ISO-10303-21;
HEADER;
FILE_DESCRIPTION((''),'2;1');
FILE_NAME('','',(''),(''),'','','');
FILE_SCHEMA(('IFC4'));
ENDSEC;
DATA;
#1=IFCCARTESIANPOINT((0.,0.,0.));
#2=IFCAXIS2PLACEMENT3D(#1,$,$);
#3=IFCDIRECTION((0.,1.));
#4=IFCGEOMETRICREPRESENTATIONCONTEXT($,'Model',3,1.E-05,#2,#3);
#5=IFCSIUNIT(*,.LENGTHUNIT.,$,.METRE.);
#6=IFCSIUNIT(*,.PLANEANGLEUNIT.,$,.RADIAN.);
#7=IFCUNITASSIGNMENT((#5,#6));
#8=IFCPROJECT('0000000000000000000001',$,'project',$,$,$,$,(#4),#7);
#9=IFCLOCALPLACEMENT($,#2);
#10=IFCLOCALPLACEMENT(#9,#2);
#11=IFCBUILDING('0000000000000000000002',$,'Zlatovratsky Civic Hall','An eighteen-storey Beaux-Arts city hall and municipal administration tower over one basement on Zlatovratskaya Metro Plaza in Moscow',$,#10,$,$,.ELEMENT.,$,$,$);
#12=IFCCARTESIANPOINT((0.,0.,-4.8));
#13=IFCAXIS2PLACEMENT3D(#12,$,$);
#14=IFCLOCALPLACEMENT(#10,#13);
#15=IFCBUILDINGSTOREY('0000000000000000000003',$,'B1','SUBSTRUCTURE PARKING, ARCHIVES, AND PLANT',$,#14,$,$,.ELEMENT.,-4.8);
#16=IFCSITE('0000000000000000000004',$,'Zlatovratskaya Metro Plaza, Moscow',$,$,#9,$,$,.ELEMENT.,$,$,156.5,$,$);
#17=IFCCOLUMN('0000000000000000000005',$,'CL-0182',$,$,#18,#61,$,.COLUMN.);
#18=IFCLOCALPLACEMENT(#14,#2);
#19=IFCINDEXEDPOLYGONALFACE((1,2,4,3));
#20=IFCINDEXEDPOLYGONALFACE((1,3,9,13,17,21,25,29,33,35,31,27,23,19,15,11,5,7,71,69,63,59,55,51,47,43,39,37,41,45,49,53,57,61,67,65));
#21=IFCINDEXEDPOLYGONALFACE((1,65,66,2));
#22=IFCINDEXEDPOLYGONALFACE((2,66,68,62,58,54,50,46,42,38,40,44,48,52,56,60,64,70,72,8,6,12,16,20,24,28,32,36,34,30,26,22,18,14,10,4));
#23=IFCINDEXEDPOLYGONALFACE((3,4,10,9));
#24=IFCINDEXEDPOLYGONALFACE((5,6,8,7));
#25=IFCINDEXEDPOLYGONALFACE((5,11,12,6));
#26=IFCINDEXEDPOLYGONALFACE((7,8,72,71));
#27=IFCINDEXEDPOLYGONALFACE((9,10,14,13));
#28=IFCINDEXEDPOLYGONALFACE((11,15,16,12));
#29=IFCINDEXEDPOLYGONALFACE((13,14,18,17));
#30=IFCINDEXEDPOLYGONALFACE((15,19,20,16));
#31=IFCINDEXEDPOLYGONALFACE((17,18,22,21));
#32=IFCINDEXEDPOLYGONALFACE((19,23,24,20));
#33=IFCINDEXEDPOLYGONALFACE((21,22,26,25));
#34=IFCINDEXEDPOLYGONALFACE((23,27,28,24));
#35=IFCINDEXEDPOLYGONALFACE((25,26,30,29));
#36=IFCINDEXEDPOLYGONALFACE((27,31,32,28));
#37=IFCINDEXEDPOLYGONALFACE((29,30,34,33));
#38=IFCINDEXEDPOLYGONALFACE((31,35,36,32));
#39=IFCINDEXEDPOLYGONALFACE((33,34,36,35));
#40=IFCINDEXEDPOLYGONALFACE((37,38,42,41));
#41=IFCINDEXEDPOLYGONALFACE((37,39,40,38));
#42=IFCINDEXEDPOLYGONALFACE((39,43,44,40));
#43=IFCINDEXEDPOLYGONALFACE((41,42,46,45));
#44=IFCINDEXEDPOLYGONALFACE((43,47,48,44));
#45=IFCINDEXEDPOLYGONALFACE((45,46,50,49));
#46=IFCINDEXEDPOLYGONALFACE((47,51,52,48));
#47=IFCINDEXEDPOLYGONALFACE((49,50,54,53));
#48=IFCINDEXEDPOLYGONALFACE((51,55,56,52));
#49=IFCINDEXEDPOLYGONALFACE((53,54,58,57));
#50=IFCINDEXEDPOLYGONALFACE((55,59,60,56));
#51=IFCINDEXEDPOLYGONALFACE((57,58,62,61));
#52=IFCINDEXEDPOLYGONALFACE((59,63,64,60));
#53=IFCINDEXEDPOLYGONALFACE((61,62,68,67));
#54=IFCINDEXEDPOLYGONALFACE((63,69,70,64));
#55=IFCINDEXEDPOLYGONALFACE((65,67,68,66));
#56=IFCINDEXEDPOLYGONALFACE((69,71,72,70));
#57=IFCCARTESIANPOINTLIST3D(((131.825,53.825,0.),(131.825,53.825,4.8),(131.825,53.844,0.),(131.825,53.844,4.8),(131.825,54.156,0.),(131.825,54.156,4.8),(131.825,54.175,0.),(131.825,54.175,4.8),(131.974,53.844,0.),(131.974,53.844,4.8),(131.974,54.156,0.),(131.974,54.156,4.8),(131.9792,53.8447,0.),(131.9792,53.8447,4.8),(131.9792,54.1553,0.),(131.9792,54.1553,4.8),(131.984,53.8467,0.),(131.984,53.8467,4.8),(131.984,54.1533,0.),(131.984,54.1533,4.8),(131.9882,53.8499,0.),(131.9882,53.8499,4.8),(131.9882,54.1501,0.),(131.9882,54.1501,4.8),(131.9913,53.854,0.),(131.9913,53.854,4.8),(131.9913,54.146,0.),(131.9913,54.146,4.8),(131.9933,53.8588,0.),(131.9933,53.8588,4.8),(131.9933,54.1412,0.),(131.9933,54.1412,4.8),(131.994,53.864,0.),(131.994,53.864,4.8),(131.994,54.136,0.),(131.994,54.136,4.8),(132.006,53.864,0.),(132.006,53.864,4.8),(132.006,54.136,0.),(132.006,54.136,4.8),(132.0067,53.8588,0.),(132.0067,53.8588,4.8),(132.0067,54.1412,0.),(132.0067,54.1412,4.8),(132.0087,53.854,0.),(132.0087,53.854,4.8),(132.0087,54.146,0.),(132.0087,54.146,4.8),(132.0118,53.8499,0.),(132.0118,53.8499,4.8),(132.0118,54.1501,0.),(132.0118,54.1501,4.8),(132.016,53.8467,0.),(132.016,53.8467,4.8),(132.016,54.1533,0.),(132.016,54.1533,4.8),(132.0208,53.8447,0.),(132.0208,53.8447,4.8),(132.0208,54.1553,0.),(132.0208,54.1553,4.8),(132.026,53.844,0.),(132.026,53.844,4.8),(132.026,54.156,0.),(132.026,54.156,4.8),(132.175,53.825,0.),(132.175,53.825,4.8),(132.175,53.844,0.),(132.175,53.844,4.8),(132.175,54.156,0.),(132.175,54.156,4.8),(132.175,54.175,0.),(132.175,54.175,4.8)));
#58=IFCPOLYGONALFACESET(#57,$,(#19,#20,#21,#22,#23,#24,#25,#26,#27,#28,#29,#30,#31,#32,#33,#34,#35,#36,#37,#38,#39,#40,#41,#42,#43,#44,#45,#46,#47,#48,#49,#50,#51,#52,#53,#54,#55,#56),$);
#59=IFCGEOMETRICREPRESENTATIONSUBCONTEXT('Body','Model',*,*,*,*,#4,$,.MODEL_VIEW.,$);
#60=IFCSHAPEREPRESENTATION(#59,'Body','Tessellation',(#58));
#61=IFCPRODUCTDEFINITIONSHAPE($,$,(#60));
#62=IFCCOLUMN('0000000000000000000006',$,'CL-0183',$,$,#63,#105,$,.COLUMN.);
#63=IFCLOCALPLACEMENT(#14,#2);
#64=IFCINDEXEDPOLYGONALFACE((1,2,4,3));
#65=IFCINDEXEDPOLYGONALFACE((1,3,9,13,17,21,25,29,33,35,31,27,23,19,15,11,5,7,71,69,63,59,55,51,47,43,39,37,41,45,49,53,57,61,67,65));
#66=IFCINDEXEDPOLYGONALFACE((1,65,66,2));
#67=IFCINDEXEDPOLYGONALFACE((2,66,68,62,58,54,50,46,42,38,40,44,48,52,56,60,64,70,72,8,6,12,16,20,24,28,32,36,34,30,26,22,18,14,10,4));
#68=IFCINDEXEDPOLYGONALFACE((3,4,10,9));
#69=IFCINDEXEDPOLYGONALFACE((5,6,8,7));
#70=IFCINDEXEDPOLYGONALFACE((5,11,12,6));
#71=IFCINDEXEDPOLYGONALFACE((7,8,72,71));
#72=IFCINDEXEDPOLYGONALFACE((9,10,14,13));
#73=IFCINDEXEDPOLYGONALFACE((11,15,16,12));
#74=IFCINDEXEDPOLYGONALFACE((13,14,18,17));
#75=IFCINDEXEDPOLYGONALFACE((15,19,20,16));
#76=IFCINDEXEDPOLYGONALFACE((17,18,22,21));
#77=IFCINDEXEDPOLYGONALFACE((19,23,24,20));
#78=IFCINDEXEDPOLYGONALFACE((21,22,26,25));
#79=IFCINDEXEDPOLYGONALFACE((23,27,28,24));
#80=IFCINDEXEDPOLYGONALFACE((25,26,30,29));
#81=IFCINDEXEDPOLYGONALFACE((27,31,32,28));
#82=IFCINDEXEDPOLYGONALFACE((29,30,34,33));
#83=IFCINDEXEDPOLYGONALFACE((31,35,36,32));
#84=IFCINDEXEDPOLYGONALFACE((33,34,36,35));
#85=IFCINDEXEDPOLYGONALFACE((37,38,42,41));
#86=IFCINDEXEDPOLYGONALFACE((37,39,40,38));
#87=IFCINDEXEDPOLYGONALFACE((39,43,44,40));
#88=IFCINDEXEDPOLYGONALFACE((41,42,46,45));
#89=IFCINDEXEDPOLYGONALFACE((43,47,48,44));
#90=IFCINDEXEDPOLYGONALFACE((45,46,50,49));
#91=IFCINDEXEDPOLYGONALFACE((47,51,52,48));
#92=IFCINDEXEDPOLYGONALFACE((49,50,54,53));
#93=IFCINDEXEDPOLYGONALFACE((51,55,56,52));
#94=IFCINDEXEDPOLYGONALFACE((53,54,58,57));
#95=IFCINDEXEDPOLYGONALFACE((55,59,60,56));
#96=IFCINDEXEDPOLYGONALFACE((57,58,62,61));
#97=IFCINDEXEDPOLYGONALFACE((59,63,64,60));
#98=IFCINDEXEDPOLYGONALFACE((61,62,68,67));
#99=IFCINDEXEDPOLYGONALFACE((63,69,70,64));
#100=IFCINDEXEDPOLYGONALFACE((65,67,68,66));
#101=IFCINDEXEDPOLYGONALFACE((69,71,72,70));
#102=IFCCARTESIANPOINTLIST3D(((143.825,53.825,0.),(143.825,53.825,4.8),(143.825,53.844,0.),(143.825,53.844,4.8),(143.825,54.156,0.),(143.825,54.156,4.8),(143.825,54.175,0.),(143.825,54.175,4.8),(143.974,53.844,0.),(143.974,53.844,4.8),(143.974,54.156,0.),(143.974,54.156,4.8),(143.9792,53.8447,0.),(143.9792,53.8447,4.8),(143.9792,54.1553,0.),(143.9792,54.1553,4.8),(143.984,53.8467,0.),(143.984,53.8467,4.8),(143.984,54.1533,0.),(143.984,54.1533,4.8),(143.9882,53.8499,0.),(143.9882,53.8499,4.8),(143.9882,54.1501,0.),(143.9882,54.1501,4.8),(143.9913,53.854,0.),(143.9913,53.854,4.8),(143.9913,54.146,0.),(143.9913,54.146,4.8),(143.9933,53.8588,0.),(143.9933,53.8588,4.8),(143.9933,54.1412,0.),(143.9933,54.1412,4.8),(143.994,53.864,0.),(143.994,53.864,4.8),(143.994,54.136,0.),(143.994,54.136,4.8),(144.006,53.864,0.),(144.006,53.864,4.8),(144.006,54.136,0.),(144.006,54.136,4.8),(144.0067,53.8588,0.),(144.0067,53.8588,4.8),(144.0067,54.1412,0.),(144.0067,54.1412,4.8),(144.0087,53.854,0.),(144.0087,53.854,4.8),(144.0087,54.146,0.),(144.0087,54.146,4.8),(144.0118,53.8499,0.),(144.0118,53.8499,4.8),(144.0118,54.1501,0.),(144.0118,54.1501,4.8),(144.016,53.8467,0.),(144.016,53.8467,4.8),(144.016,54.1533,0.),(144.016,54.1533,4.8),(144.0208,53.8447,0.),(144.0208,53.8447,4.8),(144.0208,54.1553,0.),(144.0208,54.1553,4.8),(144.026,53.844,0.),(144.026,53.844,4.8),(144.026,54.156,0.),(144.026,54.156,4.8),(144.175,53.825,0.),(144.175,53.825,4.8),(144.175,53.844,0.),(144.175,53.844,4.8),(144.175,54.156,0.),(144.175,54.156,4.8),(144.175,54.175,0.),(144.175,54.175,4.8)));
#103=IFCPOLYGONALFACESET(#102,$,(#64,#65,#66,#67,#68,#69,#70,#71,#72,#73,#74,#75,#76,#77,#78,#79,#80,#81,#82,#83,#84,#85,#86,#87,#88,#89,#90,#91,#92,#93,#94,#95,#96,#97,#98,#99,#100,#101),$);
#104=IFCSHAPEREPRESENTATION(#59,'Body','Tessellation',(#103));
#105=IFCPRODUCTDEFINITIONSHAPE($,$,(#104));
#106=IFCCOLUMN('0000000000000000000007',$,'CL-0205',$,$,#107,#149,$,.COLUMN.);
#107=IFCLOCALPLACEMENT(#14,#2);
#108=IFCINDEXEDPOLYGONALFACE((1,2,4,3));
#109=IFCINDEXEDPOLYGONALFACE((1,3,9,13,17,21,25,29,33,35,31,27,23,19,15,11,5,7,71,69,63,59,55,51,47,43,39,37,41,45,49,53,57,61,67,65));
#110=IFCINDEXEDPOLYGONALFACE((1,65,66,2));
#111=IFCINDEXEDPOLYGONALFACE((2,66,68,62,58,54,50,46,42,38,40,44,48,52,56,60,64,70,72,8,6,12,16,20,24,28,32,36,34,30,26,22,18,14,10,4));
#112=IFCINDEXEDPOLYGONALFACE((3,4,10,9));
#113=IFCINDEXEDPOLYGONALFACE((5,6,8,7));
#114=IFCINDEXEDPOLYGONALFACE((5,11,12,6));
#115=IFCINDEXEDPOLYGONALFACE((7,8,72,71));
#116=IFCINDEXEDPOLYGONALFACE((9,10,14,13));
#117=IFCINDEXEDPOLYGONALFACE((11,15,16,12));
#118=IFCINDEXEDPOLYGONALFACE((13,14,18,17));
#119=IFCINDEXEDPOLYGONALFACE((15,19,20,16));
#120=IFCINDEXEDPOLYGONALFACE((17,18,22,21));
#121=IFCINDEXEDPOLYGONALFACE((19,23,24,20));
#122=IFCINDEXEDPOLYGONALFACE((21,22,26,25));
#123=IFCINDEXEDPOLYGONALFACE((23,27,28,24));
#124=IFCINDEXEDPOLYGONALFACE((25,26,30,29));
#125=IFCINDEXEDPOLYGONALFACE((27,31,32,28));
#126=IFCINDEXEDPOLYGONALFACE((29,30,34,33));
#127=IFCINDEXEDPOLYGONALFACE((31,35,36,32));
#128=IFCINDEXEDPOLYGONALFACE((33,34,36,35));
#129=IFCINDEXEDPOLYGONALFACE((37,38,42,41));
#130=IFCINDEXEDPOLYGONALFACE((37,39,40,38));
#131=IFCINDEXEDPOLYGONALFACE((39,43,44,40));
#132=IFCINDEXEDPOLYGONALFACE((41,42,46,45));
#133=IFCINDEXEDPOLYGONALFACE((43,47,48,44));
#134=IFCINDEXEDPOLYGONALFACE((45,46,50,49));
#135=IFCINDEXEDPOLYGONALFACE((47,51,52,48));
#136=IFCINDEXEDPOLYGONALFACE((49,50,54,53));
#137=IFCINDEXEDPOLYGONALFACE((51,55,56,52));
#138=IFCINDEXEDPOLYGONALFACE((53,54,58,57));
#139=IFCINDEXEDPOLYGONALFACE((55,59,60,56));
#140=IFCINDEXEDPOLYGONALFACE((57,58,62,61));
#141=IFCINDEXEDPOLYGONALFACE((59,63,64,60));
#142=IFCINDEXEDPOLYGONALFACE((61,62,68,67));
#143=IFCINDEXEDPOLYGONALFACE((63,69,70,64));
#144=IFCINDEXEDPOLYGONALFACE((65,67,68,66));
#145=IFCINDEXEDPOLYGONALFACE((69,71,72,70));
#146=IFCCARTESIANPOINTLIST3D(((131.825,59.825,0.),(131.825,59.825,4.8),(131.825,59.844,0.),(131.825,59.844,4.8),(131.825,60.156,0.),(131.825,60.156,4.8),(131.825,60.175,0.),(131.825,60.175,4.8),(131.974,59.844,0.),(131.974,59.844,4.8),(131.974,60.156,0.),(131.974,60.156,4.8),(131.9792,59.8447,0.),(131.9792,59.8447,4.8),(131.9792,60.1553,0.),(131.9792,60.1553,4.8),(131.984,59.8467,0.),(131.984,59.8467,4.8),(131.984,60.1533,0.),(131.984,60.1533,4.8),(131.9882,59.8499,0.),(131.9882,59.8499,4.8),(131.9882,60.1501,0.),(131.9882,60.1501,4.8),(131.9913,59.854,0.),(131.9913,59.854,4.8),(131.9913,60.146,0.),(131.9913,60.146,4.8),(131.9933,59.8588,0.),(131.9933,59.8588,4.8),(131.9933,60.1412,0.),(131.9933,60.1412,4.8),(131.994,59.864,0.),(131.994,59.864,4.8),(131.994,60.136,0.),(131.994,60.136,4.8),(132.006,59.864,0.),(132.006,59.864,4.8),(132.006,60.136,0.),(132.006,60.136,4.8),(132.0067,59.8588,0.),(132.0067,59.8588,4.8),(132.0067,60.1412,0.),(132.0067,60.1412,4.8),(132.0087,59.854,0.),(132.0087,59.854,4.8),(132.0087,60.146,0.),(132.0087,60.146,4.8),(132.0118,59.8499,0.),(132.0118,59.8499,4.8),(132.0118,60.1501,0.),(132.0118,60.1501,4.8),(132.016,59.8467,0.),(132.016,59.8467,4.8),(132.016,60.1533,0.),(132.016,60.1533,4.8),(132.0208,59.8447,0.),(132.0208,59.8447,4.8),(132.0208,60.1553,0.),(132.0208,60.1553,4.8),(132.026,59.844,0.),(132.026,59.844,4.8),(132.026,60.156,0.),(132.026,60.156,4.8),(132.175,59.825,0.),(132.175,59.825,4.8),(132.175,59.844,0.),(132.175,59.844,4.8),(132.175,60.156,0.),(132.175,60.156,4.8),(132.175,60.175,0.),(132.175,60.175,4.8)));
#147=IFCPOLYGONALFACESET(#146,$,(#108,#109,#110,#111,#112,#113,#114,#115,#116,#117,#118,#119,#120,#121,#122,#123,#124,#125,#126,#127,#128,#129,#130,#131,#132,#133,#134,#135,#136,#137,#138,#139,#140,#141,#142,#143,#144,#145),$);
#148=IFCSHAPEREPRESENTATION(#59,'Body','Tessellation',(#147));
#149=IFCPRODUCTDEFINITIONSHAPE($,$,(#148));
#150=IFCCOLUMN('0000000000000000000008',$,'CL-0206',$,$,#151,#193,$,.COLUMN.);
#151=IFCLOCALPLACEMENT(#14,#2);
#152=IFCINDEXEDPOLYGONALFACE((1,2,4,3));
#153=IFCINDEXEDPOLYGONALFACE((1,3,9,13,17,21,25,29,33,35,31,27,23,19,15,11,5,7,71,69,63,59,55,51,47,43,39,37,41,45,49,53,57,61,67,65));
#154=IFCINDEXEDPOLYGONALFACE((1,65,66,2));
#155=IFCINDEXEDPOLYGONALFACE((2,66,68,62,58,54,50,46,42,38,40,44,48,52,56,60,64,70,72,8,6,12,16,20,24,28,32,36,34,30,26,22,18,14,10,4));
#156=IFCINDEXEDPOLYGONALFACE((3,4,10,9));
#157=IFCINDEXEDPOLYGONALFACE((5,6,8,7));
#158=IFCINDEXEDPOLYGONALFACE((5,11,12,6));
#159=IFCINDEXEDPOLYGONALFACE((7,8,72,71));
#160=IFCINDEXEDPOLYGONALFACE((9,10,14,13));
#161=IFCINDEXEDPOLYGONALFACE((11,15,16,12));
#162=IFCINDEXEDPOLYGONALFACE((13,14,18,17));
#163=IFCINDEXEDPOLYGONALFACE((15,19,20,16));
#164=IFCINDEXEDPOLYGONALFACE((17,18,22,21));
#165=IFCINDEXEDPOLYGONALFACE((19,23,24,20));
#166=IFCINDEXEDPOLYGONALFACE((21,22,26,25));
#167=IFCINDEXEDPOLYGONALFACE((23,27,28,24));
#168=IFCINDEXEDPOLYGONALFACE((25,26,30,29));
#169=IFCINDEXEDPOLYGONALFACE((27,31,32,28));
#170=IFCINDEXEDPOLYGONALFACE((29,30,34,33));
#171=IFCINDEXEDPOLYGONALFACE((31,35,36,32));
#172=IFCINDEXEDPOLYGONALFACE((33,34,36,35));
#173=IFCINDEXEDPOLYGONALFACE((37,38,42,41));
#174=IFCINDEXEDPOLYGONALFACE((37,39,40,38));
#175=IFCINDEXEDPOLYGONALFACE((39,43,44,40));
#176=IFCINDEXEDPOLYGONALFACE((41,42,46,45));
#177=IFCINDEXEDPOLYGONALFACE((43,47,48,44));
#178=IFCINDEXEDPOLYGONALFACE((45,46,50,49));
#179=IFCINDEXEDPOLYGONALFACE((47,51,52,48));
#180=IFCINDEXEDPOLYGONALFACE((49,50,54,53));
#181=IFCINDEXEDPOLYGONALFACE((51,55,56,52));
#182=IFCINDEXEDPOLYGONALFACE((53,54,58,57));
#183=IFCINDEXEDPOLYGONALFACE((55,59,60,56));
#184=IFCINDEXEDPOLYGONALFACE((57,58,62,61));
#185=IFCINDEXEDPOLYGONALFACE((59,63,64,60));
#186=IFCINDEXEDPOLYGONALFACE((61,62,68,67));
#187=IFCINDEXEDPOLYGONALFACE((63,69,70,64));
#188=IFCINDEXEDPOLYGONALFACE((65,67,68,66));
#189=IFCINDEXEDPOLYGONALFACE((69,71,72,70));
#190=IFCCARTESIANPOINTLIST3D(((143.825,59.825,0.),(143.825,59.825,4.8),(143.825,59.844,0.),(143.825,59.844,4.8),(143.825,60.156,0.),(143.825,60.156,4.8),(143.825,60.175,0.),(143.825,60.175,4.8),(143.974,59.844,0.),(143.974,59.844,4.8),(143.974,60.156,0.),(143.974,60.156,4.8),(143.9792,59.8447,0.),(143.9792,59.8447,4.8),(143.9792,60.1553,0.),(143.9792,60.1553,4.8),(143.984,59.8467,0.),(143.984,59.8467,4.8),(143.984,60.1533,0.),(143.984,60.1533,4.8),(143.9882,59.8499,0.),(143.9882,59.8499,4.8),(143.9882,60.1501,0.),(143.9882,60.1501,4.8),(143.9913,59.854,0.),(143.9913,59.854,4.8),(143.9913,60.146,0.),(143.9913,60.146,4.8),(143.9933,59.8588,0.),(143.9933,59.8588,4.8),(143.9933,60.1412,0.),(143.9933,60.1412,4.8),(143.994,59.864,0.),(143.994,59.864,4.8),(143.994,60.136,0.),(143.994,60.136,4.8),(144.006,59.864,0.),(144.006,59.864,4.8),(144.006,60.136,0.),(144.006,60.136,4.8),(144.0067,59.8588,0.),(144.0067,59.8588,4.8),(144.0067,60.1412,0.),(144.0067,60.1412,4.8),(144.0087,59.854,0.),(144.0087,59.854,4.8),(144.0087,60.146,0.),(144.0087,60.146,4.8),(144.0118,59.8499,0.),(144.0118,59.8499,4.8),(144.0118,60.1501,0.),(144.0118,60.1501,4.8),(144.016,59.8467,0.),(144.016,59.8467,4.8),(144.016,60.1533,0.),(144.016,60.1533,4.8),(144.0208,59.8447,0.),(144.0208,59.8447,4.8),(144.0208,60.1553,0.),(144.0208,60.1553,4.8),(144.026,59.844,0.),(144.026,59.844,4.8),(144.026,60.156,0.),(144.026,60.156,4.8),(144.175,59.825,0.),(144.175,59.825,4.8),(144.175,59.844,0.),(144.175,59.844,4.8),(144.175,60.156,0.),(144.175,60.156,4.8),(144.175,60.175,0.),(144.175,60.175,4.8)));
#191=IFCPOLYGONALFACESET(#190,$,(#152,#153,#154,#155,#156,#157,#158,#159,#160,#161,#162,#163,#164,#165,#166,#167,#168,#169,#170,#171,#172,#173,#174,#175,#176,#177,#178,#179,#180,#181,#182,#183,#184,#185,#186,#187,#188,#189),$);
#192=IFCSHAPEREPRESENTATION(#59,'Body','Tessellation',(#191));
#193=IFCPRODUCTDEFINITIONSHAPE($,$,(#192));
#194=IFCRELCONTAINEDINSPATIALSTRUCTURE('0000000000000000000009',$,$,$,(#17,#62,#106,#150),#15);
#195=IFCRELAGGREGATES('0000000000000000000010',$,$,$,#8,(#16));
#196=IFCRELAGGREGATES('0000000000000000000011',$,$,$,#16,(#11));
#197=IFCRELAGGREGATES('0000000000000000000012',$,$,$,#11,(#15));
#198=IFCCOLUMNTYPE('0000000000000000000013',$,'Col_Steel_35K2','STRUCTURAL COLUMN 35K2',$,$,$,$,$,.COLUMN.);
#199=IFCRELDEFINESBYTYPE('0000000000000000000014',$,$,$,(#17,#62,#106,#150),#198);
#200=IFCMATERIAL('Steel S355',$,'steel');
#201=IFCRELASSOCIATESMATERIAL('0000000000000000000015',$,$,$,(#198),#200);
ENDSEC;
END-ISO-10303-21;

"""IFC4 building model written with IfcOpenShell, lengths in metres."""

from ifc_helpers import new_model, si_unit, direction, frame, origin, origin_2d, place, context, subcontext, project, spatial, i_section, extrude, material, material_profile, profile_set, type_object, element, save


model = new_model("IFC4")

# Units and contexts
model_context = context("Model", 3, precision=1e-05, world=origin(), true_north=direction((0.0, 1.0)))
body_context = subcontext(model_context, "Body", "Model", "MODEL_VIEW")
ifc_project = project(units=[si_unit("LENGTHUNIT", "METRE"), si_unit("PLANEANGLEUNIT", "RADIAN")], contexts=[model_context])

# Site, building, storey
site_placement = place(None, origin())
site = spatial("IfcSite", under=ifc_project, at=site_placement, Name="Zlatovratskaya Metro Plaza, Moscow", CompositionType="ELEMENT", RefElevation=156.5)
building_placement = place(site_placement, origin())
building = spatial("IfcBuilding", under=site, at=building_placement, Name="Zlatovratsky Civic Hall", Description="An eighteen-storey Beaux-Arts city hall and municipal administration tower over one basement on Zlatovratskaya Metro Plaza in Moscow", CompositionType="ELEMENT")
storey_placement = place(building_placement, frame((0.0, 0.0, -4.8)))
storey = spatial("IfcBuildingStorey", under=building, at=storey_placement, Name="B1", Description="SUBSTRUCTURE PARKING, ARCHIVES, AND PLANT", CompositionType="ELEMENT", Elevation=-4.8)

# Columns
ifc_material_1 = material(Name="Steel S355", Category="steel")
ifc_material_profile_1 = material_profile(ifc_material_1, i_section(OverallWidth=0.3501, OverallDepth=0.3501, WebThickness=0.012, FlangeThickness=0.019, FilletRadius=0.02, at=origin_2d()), Name="35K2")
ifc_profile_set_1 = profile_set([ifc_material_profile_1], Name="Steel S355")
column_type = type_object("IfcColumnType", Name="Col_Steel_35K2", Description="STRUCTURAL COLUMN 35K2", PredefinedType="COLUMN", material=ifc_profile_set_1)
for number, where, z_axis, x_axis, name in (
    (1, (132.0, 54.0, 0.0), (0.0, 0.0, 1.0), (1.0, 0.0, 0.0), "CL-0182"),
    (2, (144.0, 54.0, 0.0), (0.0, 0.0, 1.0), (1.0, 0.0, 0.0), "CL-0183"),
    (3, (132.0, 60.0, 0.0), (0.0, 0.0, 1.0), (1.0, 0.0, 0.0), "CL-0205"),
    (4, (144.0, 60.0, 0.0), (0.0, 0.0, 1.0), (1.0, 0.0, 0.0), "CL-0206"),
):
    element("IfcColumn", number, at=place(storey_placement, frame(where, z_axis=z_axis, x_axis=x_axis)), inside=storey, type_object=column_type, Name=name, PredefinedType="COLUMN", context=body_context, shape_type="SweptSolid", body=[
        extrude(i_section(OverallWidth=0.3501, OverallDepth=0.3501, WebThickness=0.012, FlangeThickness=0.019, FilletRadius=0.02, at=origin_2d()), origin(), (0.0, 0.0, 1.0), 4.8),
    ])

save(model, "model.ifc")
